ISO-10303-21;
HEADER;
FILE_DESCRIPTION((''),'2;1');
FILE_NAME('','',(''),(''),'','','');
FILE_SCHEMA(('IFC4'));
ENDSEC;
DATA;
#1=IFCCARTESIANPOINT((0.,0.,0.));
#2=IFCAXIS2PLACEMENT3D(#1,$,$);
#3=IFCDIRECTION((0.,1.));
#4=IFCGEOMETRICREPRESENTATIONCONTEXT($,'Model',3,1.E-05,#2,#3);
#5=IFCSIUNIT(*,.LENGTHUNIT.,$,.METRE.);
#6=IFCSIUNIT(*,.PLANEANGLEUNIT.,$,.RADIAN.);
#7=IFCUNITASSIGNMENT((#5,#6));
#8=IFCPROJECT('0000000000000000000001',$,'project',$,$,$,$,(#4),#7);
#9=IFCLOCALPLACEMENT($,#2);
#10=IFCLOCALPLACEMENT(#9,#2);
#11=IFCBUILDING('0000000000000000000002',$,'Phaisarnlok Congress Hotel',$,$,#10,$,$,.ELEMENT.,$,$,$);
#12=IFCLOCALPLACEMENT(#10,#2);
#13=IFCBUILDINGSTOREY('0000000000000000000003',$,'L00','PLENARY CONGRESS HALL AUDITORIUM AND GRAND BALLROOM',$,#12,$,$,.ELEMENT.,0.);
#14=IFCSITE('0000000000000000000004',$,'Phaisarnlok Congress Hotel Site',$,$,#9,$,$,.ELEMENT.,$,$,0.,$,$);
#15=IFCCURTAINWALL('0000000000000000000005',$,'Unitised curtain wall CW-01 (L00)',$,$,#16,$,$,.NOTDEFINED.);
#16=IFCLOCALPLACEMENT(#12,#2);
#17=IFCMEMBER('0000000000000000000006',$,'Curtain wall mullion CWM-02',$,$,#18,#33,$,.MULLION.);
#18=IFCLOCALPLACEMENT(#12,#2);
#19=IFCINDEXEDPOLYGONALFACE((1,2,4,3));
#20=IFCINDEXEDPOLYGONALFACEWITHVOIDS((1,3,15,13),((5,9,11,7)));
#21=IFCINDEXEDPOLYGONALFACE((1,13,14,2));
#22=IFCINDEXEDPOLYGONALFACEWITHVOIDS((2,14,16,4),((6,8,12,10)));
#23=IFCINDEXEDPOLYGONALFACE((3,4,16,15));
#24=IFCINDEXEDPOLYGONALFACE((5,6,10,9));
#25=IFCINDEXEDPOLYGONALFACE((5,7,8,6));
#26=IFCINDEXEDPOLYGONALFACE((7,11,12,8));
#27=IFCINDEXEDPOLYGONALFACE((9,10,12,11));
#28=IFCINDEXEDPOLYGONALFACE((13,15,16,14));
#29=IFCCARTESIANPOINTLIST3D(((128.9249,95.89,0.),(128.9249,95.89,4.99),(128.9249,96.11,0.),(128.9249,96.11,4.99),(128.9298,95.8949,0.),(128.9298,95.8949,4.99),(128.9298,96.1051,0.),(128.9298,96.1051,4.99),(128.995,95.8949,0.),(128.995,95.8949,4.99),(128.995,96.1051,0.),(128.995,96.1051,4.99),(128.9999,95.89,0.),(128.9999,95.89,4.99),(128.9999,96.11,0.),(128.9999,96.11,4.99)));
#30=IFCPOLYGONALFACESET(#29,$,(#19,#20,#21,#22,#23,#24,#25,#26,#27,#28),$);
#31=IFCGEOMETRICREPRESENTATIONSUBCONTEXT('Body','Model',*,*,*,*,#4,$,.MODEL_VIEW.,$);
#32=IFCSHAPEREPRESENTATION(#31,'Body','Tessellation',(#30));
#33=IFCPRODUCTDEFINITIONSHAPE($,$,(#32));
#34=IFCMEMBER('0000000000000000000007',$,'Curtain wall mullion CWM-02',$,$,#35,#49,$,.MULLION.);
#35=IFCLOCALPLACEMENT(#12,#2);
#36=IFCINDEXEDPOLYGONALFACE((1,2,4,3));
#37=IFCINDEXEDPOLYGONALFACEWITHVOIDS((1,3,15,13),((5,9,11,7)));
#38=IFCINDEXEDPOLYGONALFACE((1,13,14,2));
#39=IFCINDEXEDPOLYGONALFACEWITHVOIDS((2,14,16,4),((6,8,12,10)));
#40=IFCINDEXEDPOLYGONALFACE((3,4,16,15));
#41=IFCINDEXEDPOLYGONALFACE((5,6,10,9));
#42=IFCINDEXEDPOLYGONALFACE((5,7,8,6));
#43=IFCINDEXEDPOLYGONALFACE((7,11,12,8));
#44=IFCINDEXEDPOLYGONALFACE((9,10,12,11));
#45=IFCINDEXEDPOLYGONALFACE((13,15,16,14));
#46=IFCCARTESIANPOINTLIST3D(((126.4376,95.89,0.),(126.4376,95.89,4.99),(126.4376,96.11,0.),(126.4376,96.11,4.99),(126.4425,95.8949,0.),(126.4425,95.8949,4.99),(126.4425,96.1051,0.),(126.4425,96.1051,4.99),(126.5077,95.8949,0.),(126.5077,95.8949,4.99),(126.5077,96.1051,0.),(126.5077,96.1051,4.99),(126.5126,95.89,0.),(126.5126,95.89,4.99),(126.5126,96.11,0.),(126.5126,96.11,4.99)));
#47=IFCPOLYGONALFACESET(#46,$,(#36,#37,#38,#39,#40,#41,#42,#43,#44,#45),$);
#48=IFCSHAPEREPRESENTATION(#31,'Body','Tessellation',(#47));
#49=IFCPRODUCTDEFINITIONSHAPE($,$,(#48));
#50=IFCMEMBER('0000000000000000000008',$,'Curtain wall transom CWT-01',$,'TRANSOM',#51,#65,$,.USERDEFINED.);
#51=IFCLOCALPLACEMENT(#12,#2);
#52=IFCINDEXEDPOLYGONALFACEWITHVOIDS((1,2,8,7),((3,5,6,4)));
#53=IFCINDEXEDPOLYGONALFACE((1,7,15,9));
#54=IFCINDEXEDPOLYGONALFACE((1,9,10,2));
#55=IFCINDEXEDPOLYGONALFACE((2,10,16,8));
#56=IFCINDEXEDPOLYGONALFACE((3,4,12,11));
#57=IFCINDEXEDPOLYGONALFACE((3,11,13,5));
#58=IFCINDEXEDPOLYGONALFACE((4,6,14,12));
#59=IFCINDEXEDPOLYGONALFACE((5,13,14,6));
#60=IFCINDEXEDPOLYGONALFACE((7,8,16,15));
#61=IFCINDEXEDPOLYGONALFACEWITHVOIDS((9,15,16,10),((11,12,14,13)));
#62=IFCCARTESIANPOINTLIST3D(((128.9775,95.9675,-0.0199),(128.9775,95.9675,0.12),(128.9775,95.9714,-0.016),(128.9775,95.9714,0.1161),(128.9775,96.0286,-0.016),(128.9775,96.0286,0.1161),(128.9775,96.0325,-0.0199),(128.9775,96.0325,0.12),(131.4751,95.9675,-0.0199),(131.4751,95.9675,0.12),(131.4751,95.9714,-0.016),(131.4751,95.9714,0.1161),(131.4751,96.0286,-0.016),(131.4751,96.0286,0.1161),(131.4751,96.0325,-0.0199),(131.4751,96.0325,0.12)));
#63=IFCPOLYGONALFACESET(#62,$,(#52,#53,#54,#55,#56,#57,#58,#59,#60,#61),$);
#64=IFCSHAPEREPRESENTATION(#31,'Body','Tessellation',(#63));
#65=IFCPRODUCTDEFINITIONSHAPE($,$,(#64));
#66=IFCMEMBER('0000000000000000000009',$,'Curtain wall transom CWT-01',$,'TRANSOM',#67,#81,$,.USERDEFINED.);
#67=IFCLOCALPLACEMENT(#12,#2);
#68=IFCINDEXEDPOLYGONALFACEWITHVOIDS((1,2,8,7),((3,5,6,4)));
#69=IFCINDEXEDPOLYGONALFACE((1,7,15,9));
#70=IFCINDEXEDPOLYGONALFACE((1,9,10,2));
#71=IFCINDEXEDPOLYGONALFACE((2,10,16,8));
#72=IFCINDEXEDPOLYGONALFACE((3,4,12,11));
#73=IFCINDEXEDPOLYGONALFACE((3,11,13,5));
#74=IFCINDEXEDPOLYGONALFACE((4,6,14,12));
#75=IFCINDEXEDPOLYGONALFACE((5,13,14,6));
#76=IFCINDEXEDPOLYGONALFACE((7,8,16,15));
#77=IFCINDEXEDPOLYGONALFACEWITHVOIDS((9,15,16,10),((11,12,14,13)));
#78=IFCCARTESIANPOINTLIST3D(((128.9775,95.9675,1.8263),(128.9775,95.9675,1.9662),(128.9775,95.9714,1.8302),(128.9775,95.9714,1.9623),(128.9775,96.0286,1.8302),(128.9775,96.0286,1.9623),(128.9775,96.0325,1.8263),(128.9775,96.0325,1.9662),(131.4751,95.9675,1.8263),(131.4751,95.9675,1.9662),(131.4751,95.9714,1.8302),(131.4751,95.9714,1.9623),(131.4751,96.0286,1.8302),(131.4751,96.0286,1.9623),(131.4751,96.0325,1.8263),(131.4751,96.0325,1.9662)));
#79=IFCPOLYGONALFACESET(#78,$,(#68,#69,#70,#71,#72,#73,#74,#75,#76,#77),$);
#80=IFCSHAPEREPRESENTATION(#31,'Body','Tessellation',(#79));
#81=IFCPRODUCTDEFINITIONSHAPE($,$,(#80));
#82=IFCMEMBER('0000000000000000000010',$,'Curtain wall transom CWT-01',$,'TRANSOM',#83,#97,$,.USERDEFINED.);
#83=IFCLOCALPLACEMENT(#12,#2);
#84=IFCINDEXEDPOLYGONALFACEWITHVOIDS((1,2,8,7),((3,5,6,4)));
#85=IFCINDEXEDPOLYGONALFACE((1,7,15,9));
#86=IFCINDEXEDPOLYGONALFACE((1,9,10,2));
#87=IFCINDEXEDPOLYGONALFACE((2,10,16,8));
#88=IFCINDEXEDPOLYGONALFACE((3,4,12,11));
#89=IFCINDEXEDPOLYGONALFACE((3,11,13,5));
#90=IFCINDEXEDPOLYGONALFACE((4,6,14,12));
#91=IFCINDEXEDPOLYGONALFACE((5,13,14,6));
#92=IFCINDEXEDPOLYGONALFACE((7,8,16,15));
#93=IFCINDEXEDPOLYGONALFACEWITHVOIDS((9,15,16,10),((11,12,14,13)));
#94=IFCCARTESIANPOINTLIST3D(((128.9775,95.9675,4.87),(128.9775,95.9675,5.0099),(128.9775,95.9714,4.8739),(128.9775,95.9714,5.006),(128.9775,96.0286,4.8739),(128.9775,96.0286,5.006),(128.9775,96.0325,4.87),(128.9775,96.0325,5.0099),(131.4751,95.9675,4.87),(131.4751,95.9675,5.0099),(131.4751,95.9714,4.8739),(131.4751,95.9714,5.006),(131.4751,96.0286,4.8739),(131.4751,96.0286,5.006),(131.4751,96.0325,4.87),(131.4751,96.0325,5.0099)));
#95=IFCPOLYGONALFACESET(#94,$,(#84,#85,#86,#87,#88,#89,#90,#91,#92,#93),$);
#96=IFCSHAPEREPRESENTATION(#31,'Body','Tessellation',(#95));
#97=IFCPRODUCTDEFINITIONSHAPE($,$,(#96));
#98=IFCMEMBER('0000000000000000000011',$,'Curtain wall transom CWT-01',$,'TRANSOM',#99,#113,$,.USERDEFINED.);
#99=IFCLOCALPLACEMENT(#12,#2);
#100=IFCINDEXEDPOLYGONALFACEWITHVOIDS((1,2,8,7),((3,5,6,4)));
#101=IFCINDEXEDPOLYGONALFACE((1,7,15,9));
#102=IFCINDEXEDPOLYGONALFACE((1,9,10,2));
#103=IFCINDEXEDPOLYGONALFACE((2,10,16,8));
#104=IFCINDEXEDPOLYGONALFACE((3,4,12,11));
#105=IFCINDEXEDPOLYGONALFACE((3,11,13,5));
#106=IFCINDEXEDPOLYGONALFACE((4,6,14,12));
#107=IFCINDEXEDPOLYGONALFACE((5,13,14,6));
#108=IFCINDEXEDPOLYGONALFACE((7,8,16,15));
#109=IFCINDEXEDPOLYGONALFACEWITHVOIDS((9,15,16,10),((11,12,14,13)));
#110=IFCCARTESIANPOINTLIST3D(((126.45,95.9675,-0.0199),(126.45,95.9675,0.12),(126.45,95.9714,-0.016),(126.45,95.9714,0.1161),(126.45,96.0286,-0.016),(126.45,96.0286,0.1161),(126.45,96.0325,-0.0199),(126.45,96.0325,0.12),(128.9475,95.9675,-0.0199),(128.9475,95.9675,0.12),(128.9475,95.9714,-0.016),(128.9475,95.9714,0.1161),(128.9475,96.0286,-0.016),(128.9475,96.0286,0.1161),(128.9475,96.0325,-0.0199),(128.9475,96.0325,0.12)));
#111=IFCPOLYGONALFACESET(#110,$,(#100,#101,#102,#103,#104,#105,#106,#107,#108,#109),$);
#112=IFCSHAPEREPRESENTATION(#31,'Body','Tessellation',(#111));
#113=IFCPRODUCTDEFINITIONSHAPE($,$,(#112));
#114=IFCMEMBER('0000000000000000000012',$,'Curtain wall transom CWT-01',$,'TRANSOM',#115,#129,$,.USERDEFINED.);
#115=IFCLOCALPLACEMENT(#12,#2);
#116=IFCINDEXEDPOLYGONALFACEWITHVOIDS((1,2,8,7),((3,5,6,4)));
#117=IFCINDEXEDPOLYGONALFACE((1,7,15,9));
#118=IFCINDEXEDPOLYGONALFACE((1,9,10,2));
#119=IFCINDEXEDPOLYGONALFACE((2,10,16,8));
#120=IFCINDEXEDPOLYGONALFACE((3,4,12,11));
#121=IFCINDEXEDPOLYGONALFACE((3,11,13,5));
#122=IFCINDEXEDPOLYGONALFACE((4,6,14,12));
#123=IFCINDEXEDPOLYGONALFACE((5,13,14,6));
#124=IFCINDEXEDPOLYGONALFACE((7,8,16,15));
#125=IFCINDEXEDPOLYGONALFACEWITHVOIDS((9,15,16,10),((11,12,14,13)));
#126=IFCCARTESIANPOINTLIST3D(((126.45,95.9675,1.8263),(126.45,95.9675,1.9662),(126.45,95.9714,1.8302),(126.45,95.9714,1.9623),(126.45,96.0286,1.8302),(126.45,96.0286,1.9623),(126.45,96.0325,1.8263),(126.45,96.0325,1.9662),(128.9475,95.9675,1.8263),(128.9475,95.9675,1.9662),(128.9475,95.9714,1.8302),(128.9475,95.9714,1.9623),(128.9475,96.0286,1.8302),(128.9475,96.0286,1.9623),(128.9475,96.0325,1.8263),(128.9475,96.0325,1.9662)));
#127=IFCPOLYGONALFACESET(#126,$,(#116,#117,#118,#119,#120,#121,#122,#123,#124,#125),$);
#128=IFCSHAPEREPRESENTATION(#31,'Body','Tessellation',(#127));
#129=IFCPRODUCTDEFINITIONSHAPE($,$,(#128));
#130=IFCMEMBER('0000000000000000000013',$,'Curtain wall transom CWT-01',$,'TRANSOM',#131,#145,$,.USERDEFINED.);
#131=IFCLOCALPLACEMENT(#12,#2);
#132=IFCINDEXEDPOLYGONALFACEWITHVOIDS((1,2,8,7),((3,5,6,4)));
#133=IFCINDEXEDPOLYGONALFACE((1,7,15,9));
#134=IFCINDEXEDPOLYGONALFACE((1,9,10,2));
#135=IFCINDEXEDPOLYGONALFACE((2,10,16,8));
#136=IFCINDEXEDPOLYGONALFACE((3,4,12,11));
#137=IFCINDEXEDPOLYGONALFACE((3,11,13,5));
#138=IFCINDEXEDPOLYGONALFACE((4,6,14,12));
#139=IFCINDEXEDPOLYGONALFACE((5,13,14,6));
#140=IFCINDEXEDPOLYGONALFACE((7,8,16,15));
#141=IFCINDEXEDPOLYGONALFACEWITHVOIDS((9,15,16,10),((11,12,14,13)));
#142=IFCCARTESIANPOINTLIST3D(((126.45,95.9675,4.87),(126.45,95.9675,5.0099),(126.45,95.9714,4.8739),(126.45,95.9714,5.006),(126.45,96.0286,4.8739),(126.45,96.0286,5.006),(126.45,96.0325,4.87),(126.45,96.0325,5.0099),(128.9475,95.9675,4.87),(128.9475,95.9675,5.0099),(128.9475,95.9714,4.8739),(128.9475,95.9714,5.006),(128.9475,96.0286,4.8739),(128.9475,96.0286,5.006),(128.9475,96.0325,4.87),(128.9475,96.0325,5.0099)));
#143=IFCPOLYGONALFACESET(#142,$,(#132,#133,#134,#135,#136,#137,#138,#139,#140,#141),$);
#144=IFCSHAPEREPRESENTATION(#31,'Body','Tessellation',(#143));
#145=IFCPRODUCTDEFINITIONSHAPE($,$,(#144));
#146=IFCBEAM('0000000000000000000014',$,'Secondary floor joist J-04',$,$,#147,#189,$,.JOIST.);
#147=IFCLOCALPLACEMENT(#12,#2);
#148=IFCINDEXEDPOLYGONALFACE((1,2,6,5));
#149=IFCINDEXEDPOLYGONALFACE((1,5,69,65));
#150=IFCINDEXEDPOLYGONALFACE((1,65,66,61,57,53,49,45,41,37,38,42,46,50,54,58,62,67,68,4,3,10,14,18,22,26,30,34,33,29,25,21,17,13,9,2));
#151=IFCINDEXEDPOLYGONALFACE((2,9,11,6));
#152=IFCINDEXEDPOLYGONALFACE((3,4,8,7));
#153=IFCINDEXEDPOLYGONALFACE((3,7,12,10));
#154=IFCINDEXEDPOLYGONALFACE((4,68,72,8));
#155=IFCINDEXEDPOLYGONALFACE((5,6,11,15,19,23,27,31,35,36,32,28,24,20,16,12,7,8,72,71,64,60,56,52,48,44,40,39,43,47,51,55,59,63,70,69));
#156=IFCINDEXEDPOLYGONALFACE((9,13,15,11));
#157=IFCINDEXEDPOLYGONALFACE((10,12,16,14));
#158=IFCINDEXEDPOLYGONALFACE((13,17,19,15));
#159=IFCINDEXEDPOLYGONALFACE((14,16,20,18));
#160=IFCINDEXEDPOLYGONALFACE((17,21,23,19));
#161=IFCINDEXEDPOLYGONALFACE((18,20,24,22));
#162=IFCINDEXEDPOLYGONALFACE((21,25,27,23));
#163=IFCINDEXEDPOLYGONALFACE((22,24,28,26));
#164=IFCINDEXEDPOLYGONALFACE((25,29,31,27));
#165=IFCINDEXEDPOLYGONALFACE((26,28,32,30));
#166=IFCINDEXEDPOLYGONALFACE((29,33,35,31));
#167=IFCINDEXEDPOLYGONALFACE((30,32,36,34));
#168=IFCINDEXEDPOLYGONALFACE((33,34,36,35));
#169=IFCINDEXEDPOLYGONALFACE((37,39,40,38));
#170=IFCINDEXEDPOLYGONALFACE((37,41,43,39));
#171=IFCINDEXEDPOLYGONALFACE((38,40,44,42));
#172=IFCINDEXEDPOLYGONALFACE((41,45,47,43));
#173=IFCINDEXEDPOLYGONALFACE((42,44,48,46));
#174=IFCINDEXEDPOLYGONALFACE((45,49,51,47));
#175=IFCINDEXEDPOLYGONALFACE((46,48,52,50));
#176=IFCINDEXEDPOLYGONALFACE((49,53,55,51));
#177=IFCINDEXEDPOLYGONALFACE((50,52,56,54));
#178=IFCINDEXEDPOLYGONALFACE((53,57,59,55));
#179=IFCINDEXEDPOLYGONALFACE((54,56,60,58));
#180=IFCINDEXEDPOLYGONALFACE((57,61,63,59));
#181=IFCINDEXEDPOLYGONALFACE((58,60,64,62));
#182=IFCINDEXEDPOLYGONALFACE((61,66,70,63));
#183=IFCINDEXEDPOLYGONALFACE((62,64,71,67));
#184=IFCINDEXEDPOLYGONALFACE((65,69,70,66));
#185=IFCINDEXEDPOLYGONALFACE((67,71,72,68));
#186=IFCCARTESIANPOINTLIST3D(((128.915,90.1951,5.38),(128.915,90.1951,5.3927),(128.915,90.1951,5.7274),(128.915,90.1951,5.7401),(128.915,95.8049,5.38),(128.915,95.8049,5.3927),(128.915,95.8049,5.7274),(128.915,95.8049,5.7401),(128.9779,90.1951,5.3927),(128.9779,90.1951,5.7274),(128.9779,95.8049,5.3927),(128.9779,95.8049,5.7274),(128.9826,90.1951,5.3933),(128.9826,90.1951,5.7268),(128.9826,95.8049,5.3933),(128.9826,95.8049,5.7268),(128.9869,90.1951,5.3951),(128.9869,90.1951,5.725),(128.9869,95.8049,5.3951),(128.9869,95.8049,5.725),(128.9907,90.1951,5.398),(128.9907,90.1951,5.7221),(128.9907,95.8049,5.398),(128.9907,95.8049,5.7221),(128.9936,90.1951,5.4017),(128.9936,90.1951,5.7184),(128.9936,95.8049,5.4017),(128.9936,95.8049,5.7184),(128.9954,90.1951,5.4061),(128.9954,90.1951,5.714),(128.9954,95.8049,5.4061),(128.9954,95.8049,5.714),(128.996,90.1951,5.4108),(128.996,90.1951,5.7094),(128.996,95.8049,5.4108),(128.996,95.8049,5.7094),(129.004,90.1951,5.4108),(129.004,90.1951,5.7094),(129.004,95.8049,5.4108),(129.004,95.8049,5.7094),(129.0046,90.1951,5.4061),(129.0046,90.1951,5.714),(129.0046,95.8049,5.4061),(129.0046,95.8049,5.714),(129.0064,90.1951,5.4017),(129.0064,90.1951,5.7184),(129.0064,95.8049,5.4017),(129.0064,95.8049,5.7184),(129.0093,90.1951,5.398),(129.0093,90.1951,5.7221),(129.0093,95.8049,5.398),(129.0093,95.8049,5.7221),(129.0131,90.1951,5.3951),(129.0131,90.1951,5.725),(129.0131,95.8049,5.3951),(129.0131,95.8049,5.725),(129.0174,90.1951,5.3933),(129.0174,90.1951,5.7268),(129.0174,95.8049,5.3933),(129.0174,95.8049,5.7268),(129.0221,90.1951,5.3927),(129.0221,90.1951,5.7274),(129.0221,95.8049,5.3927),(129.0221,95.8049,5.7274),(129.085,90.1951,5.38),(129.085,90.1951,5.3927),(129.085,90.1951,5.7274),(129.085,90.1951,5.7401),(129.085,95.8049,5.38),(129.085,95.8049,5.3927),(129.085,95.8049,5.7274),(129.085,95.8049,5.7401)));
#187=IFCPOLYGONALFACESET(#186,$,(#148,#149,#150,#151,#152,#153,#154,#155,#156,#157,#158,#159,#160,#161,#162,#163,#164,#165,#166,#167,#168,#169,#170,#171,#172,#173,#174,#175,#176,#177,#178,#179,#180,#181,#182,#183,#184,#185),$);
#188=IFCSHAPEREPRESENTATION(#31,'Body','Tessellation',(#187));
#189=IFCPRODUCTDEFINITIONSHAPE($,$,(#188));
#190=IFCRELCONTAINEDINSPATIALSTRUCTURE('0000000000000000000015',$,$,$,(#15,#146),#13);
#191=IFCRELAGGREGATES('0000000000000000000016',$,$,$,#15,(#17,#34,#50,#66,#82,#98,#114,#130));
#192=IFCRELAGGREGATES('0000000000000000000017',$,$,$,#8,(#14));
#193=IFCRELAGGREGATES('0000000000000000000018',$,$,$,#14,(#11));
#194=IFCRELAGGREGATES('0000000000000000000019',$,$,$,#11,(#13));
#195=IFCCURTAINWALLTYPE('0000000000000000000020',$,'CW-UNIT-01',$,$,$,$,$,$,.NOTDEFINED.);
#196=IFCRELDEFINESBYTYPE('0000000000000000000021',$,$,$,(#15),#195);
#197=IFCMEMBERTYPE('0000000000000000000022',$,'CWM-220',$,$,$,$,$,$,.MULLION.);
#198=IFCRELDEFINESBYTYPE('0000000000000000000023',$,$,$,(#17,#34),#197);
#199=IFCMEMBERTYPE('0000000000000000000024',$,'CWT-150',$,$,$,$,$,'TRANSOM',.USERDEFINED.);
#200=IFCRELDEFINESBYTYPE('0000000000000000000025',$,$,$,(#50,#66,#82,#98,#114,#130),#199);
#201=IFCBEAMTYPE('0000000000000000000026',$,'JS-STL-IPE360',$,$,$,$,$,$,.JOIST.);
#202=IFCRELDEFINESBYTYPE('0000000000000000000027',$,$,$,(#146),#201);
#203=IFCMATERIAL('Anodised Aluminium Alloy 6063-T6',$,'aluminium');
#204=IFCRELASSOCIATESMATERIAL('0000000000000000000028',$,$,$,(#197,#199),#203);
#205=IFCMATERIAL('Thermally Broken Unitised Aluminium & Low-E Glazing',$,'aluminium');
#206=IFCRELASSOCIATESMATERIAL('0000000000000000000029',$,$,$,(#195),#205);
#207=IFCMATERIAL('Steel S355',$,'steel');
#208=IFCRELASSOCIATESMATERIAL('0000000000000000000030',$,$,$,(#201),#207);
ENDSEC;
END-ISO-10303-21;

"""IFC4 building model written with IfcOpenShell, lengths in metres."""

from ifc_helpers import new_model, si_unit, direction, frame, origin, origin_2d, place, context, subcontext, project, spatial, hollow_rectangle, i_section, extrude, material, material_profile, profile_set, type_object, element, aggregate, save


model = new_model("IFC4")

# Units and contexts
model_context = context("Model", 3, precision=1e-05, world=origin(), true_north=direction((0.0, 1.0)))
body_context = subcontext(model_context, "Body", "Model", "MODEL_VIEW")
ifc_project = project(units=[si_unit("LENGTHUNIT", "METRE"), si_unit("PLANEANGLEUNIT", "RADIAN")], contexts=[model_context])

# Site, building, storey
site_placement = place(None, origin())
site = spatial("IfcSite", under=ifc_project, at=site_placement, Name="Phaisarnlok Congress Hotel Site", CompositionType="ELEMENT", RefElevation=0.0)
building_placement = place(site_placement, origin())
building = spatial("IfcBuilding", under=site, at=building_placement, Name="Phaisarnlok Congress Hotel", CompositionType="ELEMENT")
storey_placement = place(building_placement, origin())
storey = spatial("IfcBuildingStorey", under=building, at=storey_placement, Name="L00", Description="PLENARY CONGRESS HALL AUDITORIUM AND GRAND BALLROOM", CompositionType="ELEMENT", Elevation=0.0)

# Shared definitions
ifc_material_1 = material(Name="Steel S355", Category="steel")

# Shared definitions
ifc_material_2 = material(Name="Thermally Broken Unitised Aluminium & Low-E Glazing", Category="aluminium")
ifc_material_3 = material(Name="Anodised Aluminium Alloy 6063-T6", Category="aluminium")
ifc_material_profile_1 = material_profile(ifc_material_3, hollow_rectangle(XDim=0.075, YDim=0.22, WallThickness=0.0049, at=origin_2d()), Name="ALU-M 75x220x5")
ifc_profile_set_1 = profile_set([ifc_material_profile_1], Name="Anodised Aluminium Alloy 6063-T6")
member_type_1 = type_object("IfcMemberType", Name="CWM-220", PredefinedType="MULLION", material=ifc_profile_set_1)

# Curtain wall, members
curtain_wall_type_1 = type_object("IfcCurtainWallType", Name="CW-UNIT-01", PredefinedType="NOTDEFINED", material=ifc_material_2)
curtain_wall_1_placement = place(storey_placement, origin())
curtain_wall_1 = element("IfcCurtainWall", 1, at=curtain_wall_1_placement, inside=storey, type_object=curtain_wall_type_1, Name="Unitised curtain wall CW-01 (L00)", PredefinedType="NOTDEFINED")
member_1_placement = place(storey_placement, frame((128.9624, 96.0, 0.0), z_axis=(0.0, 0.0, 1.0), x_axis=(-1.0, 0.0, 0.0)))
member_1 = element("IfcMember", 2, at=member_1_placement, type_object=member_type_1, Name="Curtain wall mullion CWM-02", PredefinedType="MULLION", context=body_context, shape_type="SweptSolid", body=[
    extrude(hollow_rectangle(XDim=0.075, YDim=0.22, WallThickness=0.0049, at=origin_2d()), origin(), (0.0, 0.0, 1.0), 4.99),
])
member_2_placement = place(storey_placement, frame((126.4751, 96.0, 0.0), z_axis=(0.0, 0.0, 1.0), x_axis=(-1.0, 0.0, 0.0)))
member_2 = element("IfcMember", 3, at=member_2_placement, type_object=member_type_1, Name="Curtain wall mullion CWM-02", PredefinedType="MULLION", context=body_context, shape_type="SweptSolid", body=[
    extrude(hollow_rectangle(XDim=0.075, YDim=0.22, WallThickness=0.0049, at=origin_2d()), origin(), (0.0, 0.0, 1.0), 4.99),
])
ifc_material_profile_2 = material_profile(ifc_material_3, hollow_rectangle(XDim=0.0649, YDim=0.1399, WallThickness=0.0039, at=origin_2d()), Name="ALU-T 65x140x4")
ifc_profile_set_2 = profile_set([ifc_material_profile_2], Name="Anodised Aluminium Alloy 6063-T6")
member_type_2 = type_object("IfcMemberType", Name="CWT-150", ElementType="TRANSOM", PredefinedType="USERDEFINED", material=ifc_profile_set_2)
member_3_placement = place(storey_placement, frame((131.4751, 96.0, 0.05), z_axis=(-1.0, 0.0, 0.0), x_axis=(0.0, -1.0, 0.0)))
member_3 = element("IfcMember", 4, at=member_3_placement, type_object=member_type_2, Name="Curtain wall transom CWT-01", ObjectType="TRANSOM", PredefinedType="USERDEFINED", context=body_context, shape_type="SweptSolid", body=[
    extrude(hollow_rectangle(XDim=0.0649, YDim=0.1399, WallThickness=0.0039, at=origin_2d()), origin(), (0.0, 0.0, 1.0), 2.4976),
])
member_4_placement = place(storey_placement, frame((131.4751, 96.0, 1.8962), z_axis=(-1.0, 0.0, 0.0), x_axis=(0.0, -1.0, 0.0)))
member_4 = element("IfcMember", 5, at=member_4_placement, type_object=member_type_2, Name="Curtain wall transom CWT-01", ObjectType="TRANSOM", PredefinedType="USERDEFINED", context=body_context, shape_type="SweptSolid", body=[
    extrude(hollow_rectangle(XDim=0.0649, YDim=0.1399, WallThickness=0.0039, at=origin_2d()), origin(), (0.0, 0.0, 1.0), 2.4976),
])
member_5_placement = place(storey_placement, frame((131.4751, 96.0, 4.9399), z_axis=(-1.0, 0.0, 0.0), x_axis=(0.0, -1.0, 0.0)))
member_5 = element("IfcMember", 6, at=member_5_placement, type_object=member_type_2, Name="Curtain wall transom CWT-01", ObjectType="TRANSOM", PredefinedType="USERDEFINED", context=body_context, shape_type="SweptSolid", body=[
    extrude(hollow_rectangle(XDim=0.0649, YDim=0.1399, WallThickness=0.0039, at=origin_2d()), origin(), (0.0, 0.0, 1.0), 2.4976),
])
member_6_placement = place(storey_placement, frame((128.9475, 96.0, 0.05), z_axis=(-1.0, 0.0, 0.0), x_axis=(0.0, -1.0, 0.0)))
member_6 = element("IfcMember", 7, at=member_6_placement, type_object=member_type_2, Name="Curtain wall transom CWT-01", ObjectType="TRANSOM", PredefinedType="USERDEFINED", context=body_context, shape_type="SweptSolid", body=[
    extrude(hollow_rectangle(XDim=0.0649, YDim=0.1399, WallThickness=0.0039, at=origin_2d()), origin(), (0.0, 0.0, 1.0), 2.4976),
])
member_7_placement = place(storey_placement, frame((128.9475, 96.0, 1.8962), z_axis=(-1.0, 0.0, 0.0), x_axis=(0.0, -1.0, 0.0)))
member_7 = element("IfcMember", 8, at=member_7_placement, type_object=member_type_2, Name="Curtain wall transom CWT-01", ObjectType="TRANSOM", PredefinedType="USERDEFINED", context=body_context, shape_type="SweptSolid", body=[
    extrude(hollow_rectangle(XDim=0.0649, YDim=0.1399, WallThickness=0.0039, at=origin_2d()), origin(), (0.0, 0.0, 1.0), 2.4976),
])
member_8_placement = place(storey_placement, frame((128.9475, 96.0, 4.9399), z_axis=(-1.0, 0.0, 0.0), x_axis=(0.0, -1.0, 0.0)))
member_8 = element("IfcMember", 9, at=member_8_placement, type_object=member_type_2, Name="Curtain wall transom CWT-01", ObjectType="TRANSOM", PredefinedType="USERDEFINED", context=body_context, shape_type="SweptSolid", body=[
    extrude(hollow_rectangle(XDim=0.0649, YDim=0.1399, WallThickness=0.0039, at=origin_2d()), origin(), (0.0, 0.0, 1.0), 2.4976),
])

# Beam
ifc_material_profile_3 = material_profile(ifc_material_1, i_section(OverallWidth=0.1699, OverallDepth=0.3601, WebThickness=0.0081, FlangeThickness=0.0127, FilletRadius=0.0181, at=origin_2d()), Name="IPE 360")
ifc_profile_set_3 = profile_set([ifc_material_profile_3], Name="Steel S355")
beam_type_1 = type_object("IfcBeamType", Name="JS-STL-IPE360", PredefinedType="JOIST", material=ifc_profile_set_3)
for number, where, z_axis, x_axis, name in (
    (10, (129.0, 90.1951, 5.5601), (0.0, 1.0, 0.0), (-1.0, 0.0, 0.0), "Secondary floor joist J-04"),
):
    element("IfcBeam", number, at=place(storey_placement, frame(where, z_axis=z_axis, x_axis=x_axis)), inside=storey, type_object=beam_type_1, Name=name, PredefinedType="JOIST", context=body_context, shape_type="SweptSolid", body=[
        extrude(i_section(OverallWidth=0.1699, OverallDepth=0.3601, WebThickness=0.0081, FlangeThickness=0.0127, FilletRadius=0.0181, at=origin_2d()), origin(), (0.0, 0.0, 1.0), 5.6099),
    ])

aggregate(curtain_wall_1, [member_1, member_2, member_3, member_4, member_5, member_6, member_7, member_8])

save(model, "model.ifc")
